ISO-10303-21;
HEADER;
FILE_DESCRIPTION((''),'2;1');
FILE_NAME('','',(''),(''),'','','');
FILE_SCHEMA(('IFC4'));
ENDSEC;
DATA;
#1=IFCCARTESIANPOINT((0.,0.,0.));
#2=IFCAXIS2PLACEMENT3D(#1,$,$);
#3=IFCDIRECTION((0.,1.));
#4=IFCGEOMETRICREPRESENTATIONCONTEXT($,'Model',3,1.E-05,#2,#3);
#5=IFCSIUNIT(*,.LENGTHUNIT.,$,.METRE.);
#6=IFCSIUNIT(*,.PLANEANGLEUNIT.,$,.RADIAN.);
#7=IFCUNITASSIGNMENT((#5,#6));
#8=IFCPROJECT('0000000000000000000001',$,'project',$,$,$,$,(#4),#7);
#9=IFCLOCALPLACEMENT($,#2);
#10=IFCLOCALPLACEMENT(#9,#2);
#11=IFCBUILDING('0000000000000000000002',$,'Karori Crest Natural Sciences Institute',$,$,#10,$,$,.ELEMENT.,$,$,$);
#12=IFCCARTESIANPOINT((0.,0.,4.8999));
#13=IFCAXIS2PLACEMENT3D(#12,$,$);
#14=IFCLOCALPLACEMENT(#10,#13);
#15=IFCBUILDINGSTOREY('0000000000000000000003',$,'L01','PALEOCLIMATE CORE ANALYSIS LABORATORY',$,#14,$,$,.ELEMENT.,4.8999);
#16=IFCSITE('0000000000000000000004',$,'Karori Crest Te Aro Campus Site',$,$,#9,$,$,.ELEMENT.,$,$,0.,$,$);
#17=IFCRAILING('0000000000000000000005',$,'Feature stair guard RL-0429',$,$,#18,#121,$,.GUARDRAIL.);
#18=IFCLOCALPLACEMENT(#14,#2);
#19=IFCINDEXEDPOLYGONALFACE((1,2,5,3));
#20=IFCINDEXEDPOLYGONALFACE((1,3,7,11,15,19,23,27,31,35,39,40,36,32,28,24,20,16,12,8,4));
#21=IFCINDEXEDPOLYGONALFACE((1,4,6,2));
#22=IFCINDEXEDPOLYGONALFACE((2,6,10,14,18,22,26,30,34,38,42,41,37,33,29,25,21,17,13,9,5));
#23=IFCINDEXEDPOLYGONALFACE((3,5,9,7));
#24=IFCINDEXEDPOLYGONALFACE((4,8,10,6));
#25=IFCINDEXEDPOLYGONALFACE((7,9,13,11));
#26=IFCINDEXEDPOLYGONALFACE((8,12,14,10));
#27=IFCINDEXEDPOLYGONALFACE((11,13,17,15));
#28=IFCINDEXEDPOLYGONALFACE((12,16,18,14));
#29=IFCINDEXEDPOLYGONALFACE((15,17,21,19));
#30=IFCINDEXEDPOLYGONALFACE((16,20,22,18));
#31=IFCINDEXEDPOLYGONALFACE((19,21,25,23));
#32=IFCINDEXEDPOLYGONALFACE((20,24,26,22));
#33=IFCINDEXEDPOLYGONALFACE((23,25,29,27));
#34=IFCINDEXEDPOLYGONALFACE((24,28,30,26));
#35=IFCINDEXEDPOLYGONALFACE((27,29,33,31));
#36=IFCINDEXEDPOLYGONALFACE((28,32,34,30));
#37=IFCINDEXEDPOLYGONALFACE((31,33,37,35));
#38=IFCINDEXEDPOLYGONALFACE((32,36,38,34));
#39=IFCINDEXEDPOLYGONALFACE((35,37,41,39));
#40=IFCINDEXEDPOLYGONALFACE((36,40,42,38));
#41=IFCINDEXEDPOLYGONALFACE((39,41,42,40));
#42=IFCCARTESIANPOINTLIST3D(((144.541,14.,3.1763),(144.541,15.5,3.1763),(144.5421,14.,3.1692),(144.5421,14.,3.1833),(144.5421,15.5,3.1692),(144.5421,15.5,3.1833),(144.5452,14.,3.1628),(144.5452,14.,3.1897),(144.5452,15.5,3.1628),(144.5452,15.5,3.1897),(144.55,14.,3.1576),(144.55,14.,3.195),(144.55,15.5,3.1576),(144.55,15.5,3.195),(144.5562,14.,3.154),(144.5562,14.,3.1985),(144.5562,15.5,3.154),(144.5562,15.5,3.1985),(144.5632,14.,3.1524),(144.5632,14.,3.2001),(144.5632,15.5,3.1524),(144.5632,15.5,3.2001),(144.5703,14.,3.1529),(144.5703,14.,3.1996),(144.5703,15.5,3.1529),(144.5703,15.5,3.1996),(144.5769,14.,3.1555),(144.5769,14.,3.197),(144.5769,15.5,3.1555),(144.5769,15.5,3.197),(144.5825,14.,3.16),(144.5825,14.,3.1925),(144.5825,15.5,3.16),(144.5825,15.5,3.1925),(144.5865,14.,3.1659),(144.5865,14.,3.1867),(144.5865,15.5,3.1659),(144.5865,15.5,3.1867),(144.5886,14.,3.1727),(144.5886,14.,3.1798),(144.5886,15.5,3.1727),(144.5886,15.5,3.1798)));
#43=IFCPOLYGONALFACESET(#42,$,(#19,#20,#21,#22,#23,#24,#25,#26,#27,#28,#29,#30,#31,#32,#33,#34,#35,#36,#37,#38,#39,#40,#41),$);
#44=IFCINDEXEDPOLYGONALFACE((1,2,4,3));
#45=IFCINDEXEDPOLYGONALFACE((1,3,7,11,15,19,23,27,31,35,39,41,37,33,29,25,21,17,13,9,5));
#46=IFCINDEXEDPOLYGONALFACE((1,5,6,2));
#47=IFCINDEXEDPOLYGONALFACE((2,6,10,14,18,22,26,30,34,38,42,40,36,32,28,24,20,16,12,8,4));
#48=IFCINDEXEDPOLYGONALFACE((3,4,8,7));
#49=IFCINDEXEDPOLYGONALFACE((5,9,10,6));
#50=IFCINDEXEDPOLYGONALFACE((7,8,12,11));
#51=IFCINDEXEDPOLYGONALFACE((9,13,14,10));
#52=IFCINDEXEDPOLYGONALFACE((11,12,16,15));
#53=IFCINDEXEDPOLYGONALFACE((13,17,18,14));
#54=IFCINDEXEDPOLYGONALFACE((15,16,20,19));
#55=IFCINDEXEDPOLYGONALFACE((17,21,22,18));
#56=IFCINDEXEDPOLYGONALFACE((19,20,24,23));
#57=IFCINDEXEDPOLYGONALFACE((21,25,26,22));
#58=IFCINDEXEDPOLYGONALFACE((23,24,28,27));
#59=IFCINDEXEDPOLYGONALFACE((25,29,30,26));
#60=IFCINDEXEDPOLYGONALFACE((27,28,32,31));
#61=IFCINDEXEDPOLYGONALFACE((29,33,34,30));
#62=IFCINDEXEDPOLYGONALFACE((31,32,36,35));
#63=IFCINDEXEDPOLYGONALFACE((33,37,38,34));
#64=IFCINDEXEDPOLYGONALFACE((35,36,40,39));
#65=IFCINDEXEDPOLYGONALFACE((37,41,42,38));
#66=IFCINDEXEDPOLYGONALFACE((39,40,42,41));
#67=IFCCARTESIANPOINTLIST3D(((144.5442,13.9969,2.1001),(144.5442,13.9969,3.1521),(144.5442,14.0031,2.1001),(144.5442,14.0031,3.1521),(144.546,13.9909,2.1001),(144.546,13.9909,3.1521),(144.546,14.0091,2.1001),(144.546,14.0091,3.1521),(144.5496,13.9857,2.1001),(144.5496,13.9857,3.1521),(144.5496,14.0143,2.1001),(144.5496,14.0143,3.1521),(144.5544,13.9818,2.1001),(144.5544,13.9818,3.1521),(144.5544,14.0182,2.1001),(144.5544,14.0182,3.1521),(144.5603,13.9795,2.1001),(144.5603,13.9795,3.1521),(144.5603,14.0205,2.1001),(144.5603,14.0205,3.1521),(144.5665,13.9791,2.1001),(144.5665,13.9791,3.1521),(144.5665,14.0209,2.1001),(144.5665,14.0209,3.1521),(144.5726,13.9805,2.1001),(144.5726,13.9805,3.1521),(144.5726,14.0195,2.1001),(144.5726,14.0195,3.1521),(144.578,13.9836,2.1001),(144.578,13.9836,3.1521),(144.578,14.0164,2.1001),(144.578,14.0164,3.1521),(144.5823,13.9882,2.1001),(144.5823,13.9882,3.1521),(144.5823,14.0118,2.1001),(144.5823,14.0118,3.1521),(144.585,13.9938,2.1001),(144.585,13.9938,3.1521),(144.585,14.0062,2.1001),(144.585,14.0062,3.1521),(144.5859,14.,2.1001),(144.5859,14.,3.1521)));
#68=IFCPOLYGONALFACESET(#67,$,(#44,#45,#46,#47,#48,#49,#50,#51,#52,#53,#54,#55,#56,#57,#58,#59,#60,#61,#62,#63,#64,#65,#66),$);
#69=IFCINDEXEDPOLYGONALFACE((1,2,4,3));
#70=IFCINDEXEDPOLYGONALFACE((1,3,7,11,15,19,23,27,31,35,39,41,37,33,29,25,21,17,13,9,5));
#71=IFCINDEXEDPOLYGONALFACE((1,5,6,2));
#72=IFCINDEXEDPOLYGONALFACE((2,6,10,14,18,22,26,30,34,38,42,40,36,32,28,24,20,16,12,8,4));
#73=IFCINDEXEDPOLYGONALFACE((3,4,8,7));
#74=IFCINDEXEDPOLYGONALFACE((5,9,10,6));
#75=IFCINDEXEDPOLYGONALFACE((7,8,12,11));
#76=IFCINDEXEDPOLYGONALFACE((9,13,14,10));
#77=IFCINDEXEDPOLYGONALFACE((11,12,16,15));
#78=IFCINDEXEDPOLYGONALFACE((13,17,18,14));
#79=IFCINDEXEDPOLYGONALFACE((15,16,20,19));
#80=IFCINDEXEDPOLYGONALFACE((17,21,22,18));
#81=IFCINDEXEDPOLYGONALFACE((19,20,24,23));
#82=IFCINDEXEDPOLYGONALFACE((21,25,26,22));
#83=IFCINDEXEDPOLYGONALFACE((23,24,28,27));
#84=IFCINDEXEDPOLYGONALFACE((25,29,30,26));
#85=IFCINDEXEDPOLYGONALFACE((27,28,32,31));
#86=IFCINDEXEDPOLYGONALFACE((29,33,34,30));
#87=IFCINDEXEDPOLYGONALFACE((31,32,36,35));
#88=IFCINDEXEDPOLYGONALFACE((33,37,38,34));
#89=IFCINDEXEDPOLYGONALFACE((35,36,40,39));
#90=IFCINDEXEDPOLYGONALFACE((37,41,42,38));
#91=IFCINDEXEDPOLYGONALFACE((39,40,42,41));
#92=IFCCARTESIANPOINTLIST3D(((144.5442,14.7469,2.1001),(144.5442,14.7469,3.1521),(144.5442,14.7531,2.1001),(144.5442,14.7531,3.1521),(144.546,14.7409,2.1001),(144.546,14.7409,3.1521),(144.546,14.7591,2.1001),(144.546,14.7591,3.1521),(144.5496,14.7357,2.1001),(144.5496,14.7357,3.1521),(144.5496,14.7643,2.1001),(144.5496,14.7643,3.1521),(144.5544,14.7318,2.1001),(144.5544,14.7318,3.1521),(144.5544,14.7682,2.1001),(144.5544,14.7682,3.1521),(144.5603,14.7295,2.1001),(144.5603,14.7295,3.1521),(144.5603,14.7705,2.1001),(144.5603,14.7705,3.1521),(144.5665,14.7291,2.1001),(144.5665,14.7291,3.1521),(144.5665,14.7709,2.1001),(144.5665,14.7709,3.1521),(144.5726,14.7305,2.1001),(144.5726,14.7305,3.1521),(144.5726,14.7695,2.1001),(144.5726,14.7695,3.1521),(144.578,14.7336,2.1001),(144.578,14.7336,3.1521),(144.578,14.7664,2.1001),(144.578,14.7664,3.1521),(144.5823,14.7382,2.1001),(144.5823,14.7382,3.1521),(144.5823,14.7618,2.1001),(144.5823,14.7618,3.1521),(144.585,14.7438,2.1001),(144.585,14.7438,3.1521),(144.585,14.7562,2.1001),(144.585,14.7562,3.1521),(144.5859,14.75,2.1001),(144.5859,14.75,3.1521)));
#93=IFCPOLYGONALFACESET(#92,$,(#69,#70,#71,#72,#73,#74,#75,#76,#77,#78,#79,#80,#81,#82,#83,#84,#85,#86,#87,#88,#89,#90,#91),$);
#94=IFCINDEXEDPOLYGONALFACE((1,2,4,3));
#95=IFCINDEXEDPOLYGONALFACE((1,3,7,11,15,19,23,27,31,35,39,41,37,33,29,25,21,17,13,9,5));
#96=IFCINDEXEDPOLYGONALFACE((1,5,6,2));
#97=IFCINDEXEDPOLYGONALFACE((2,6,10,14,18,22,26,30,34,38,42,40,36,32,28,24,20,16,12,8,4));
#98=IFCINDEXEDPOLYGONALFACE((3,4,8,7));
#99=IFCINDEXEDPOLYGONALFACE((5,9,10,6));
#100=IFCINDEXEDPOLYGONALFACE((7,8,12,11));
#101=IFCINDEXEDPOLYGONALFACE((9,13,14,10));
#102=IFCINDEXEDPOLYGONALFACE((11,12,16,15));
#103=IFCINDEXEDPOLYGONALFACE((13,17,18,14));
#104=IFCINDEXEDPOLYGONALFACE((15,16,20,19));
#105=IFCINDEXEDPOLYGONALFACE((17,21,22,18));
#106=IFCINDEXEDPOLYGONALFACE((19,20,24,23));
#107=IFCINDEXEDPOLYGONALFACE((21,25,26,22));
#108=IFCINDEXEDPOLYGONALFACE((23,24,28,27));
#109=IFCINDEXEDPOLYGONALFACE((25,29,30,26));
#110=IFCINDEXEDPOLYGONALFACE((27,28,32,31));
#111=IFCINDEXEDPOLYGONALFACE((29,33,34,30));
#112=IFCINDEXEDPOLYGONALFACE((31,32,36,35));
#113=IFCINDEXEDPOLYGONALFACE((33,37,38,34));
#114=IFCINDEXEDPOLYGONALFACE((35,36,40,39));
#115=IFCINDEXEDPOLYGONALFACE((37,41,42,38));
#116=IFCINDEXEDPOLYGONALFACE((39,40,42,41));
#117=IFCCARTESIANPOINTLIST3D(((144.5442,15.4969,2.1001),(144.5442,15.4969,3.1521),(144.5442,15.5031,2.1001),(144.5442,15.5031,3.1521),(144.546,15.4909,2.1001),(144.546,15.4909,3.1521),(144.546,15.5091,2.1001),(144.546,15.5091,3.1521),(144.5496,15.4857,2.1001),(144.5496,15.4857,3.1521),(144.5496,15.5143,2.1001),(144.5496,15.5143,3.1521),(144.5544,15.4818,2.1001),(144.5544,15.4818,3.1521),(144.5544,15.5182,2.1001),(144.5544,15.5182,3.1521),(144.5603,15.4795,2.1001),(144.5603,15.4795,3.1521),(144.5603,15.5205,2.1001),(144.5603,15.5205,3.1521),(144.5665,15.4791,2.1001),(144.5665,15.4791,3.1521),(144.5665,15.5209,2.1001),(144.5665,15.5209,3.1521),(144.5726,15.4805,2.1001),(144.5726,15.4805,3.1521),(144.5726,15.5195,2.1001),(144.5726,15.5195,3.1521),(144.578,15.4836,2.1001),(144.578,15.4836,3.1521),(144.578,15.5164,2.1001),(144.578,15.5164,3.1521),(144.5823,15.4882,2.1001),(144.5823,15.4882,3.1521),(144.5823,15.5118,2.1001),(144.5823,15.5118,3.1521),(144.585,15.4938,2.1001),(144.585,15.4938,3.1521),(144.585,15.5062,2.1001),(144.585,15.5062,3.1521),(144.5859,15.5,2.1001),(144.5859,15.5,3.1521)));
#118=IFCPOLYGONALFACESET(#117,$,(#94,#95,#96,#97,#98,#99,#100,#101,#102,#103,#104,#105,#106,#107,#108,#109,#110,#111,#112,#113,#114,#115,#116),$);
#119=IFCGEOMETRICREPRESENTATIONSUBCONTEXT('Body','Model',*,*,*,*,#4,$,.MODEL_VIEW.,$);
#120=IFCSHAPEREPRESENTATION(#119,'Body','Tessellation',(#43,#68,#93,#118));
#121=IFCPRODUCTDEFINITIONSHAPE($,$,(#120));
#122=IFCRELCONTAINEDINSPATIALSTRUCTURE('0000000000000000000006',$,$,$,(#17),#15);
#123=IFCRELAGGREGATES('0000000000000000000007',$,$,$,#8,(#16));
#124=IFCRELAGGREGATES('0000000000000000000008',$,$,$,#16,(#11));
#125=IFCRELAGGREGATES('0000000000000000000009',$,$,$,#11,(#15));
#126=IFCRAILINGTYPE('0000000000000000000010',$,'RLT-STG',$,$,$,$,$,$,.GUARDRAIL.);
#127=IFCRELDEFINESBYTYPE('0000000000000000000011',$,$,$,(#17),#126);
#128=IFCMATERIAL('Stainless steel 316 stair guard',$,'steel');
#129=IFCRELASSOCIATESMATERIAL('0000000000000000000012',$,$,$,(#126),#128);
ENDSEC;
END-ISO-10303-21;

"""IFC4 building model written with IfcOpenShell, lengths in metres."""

from ifc_helpers import new_model, si_unit, direction, frame, origin, origin_2d, place, context, subcontext, project, spatial, circle, extrude, material, type_object, element, save


model = new_model("IFC4")

# Units and contexts
model_context = context("Model", 3, precision=1e-05, world=origin(), true_north=direction((0.0, 1.0)))
body_context = subcontext(model_context, "Body", "Model", "MODEL_VIEW")
ifc_project = project(units=[si_unit("LENGTHUNIT", "METRE"), si_unit("PLANEANGLEUNIT", "RADIAN")], contexts=[model_context])

# Site, building, storey
site_placement = place(None, origin())
site = spatial("IfcSite", under=ifc_project, at=site_placement, Name="Karori Crest Te Aro Campus Site", CompositionType="ELEMENT", RefElevation=0.0)
building_placement = place(site_placement, origin())
building = spatial("IfcBuilding", under=site, at=building_placement, Name="Karori Crest Natural Sciences Institute", CompositionType="ELEMENT")
storey_placement = place(building_placement, frame((0.0, 0.0, 4.8999)))
storey = spatial("IfcBuildingStorey", under=building, at=storey_placement, Name="L01", Description="PALEOCLIMATE CORE ANALYSIS LABORATORY", CompositionType="ELEMENT", Elevation=4.8999)

# Railing
ifc_material_1 = material(Name="Stainless steel 316 stair guard", Category="steel")
railing_type = type_object("IfcRailingType", Name="RLT-STG", PredefinedType="GUARDRAIL", material=ifc_material_1)
railing_1_placement = place(storey_placement, frame((144.5649, 14.0, 2.1001)))
element("IfcRailing", 1, at=railing_1_placement, inside=storey, type_object=railing_type, Name="Feature stair guard RL-0429", PredefinedType="GUARDRAIL", context=body_context, shape_type="SweptSolid", body=[
    extrude(circle(Radius=0.0239, at=origin_2d()), frame((0.0, 0.0, 1.0762), z_axis=(0.0, 1.0, 0.0), x_axis=(-1.0, 0.0, 0.0)), (0.0, 0.0, 1.0), 1.5),
    extrude(circle(Radius=0.021, at=origin_2d()), origin(), (0.0, 0.0, 1.0), 1.052),
    extrude(circle(Radius=0.021, at=origin_2d()), frame((0.0, 0.75, 0.0)), (0.0, 0.0, 1.0), 1.052),
    extrude(circle(Radius=0.021, at=origin_2d()), frame((0.0, 1.5, 0.0)), (0.0, 0.0, 1.0), 1.052),
])

save(model, "model.ifc")
